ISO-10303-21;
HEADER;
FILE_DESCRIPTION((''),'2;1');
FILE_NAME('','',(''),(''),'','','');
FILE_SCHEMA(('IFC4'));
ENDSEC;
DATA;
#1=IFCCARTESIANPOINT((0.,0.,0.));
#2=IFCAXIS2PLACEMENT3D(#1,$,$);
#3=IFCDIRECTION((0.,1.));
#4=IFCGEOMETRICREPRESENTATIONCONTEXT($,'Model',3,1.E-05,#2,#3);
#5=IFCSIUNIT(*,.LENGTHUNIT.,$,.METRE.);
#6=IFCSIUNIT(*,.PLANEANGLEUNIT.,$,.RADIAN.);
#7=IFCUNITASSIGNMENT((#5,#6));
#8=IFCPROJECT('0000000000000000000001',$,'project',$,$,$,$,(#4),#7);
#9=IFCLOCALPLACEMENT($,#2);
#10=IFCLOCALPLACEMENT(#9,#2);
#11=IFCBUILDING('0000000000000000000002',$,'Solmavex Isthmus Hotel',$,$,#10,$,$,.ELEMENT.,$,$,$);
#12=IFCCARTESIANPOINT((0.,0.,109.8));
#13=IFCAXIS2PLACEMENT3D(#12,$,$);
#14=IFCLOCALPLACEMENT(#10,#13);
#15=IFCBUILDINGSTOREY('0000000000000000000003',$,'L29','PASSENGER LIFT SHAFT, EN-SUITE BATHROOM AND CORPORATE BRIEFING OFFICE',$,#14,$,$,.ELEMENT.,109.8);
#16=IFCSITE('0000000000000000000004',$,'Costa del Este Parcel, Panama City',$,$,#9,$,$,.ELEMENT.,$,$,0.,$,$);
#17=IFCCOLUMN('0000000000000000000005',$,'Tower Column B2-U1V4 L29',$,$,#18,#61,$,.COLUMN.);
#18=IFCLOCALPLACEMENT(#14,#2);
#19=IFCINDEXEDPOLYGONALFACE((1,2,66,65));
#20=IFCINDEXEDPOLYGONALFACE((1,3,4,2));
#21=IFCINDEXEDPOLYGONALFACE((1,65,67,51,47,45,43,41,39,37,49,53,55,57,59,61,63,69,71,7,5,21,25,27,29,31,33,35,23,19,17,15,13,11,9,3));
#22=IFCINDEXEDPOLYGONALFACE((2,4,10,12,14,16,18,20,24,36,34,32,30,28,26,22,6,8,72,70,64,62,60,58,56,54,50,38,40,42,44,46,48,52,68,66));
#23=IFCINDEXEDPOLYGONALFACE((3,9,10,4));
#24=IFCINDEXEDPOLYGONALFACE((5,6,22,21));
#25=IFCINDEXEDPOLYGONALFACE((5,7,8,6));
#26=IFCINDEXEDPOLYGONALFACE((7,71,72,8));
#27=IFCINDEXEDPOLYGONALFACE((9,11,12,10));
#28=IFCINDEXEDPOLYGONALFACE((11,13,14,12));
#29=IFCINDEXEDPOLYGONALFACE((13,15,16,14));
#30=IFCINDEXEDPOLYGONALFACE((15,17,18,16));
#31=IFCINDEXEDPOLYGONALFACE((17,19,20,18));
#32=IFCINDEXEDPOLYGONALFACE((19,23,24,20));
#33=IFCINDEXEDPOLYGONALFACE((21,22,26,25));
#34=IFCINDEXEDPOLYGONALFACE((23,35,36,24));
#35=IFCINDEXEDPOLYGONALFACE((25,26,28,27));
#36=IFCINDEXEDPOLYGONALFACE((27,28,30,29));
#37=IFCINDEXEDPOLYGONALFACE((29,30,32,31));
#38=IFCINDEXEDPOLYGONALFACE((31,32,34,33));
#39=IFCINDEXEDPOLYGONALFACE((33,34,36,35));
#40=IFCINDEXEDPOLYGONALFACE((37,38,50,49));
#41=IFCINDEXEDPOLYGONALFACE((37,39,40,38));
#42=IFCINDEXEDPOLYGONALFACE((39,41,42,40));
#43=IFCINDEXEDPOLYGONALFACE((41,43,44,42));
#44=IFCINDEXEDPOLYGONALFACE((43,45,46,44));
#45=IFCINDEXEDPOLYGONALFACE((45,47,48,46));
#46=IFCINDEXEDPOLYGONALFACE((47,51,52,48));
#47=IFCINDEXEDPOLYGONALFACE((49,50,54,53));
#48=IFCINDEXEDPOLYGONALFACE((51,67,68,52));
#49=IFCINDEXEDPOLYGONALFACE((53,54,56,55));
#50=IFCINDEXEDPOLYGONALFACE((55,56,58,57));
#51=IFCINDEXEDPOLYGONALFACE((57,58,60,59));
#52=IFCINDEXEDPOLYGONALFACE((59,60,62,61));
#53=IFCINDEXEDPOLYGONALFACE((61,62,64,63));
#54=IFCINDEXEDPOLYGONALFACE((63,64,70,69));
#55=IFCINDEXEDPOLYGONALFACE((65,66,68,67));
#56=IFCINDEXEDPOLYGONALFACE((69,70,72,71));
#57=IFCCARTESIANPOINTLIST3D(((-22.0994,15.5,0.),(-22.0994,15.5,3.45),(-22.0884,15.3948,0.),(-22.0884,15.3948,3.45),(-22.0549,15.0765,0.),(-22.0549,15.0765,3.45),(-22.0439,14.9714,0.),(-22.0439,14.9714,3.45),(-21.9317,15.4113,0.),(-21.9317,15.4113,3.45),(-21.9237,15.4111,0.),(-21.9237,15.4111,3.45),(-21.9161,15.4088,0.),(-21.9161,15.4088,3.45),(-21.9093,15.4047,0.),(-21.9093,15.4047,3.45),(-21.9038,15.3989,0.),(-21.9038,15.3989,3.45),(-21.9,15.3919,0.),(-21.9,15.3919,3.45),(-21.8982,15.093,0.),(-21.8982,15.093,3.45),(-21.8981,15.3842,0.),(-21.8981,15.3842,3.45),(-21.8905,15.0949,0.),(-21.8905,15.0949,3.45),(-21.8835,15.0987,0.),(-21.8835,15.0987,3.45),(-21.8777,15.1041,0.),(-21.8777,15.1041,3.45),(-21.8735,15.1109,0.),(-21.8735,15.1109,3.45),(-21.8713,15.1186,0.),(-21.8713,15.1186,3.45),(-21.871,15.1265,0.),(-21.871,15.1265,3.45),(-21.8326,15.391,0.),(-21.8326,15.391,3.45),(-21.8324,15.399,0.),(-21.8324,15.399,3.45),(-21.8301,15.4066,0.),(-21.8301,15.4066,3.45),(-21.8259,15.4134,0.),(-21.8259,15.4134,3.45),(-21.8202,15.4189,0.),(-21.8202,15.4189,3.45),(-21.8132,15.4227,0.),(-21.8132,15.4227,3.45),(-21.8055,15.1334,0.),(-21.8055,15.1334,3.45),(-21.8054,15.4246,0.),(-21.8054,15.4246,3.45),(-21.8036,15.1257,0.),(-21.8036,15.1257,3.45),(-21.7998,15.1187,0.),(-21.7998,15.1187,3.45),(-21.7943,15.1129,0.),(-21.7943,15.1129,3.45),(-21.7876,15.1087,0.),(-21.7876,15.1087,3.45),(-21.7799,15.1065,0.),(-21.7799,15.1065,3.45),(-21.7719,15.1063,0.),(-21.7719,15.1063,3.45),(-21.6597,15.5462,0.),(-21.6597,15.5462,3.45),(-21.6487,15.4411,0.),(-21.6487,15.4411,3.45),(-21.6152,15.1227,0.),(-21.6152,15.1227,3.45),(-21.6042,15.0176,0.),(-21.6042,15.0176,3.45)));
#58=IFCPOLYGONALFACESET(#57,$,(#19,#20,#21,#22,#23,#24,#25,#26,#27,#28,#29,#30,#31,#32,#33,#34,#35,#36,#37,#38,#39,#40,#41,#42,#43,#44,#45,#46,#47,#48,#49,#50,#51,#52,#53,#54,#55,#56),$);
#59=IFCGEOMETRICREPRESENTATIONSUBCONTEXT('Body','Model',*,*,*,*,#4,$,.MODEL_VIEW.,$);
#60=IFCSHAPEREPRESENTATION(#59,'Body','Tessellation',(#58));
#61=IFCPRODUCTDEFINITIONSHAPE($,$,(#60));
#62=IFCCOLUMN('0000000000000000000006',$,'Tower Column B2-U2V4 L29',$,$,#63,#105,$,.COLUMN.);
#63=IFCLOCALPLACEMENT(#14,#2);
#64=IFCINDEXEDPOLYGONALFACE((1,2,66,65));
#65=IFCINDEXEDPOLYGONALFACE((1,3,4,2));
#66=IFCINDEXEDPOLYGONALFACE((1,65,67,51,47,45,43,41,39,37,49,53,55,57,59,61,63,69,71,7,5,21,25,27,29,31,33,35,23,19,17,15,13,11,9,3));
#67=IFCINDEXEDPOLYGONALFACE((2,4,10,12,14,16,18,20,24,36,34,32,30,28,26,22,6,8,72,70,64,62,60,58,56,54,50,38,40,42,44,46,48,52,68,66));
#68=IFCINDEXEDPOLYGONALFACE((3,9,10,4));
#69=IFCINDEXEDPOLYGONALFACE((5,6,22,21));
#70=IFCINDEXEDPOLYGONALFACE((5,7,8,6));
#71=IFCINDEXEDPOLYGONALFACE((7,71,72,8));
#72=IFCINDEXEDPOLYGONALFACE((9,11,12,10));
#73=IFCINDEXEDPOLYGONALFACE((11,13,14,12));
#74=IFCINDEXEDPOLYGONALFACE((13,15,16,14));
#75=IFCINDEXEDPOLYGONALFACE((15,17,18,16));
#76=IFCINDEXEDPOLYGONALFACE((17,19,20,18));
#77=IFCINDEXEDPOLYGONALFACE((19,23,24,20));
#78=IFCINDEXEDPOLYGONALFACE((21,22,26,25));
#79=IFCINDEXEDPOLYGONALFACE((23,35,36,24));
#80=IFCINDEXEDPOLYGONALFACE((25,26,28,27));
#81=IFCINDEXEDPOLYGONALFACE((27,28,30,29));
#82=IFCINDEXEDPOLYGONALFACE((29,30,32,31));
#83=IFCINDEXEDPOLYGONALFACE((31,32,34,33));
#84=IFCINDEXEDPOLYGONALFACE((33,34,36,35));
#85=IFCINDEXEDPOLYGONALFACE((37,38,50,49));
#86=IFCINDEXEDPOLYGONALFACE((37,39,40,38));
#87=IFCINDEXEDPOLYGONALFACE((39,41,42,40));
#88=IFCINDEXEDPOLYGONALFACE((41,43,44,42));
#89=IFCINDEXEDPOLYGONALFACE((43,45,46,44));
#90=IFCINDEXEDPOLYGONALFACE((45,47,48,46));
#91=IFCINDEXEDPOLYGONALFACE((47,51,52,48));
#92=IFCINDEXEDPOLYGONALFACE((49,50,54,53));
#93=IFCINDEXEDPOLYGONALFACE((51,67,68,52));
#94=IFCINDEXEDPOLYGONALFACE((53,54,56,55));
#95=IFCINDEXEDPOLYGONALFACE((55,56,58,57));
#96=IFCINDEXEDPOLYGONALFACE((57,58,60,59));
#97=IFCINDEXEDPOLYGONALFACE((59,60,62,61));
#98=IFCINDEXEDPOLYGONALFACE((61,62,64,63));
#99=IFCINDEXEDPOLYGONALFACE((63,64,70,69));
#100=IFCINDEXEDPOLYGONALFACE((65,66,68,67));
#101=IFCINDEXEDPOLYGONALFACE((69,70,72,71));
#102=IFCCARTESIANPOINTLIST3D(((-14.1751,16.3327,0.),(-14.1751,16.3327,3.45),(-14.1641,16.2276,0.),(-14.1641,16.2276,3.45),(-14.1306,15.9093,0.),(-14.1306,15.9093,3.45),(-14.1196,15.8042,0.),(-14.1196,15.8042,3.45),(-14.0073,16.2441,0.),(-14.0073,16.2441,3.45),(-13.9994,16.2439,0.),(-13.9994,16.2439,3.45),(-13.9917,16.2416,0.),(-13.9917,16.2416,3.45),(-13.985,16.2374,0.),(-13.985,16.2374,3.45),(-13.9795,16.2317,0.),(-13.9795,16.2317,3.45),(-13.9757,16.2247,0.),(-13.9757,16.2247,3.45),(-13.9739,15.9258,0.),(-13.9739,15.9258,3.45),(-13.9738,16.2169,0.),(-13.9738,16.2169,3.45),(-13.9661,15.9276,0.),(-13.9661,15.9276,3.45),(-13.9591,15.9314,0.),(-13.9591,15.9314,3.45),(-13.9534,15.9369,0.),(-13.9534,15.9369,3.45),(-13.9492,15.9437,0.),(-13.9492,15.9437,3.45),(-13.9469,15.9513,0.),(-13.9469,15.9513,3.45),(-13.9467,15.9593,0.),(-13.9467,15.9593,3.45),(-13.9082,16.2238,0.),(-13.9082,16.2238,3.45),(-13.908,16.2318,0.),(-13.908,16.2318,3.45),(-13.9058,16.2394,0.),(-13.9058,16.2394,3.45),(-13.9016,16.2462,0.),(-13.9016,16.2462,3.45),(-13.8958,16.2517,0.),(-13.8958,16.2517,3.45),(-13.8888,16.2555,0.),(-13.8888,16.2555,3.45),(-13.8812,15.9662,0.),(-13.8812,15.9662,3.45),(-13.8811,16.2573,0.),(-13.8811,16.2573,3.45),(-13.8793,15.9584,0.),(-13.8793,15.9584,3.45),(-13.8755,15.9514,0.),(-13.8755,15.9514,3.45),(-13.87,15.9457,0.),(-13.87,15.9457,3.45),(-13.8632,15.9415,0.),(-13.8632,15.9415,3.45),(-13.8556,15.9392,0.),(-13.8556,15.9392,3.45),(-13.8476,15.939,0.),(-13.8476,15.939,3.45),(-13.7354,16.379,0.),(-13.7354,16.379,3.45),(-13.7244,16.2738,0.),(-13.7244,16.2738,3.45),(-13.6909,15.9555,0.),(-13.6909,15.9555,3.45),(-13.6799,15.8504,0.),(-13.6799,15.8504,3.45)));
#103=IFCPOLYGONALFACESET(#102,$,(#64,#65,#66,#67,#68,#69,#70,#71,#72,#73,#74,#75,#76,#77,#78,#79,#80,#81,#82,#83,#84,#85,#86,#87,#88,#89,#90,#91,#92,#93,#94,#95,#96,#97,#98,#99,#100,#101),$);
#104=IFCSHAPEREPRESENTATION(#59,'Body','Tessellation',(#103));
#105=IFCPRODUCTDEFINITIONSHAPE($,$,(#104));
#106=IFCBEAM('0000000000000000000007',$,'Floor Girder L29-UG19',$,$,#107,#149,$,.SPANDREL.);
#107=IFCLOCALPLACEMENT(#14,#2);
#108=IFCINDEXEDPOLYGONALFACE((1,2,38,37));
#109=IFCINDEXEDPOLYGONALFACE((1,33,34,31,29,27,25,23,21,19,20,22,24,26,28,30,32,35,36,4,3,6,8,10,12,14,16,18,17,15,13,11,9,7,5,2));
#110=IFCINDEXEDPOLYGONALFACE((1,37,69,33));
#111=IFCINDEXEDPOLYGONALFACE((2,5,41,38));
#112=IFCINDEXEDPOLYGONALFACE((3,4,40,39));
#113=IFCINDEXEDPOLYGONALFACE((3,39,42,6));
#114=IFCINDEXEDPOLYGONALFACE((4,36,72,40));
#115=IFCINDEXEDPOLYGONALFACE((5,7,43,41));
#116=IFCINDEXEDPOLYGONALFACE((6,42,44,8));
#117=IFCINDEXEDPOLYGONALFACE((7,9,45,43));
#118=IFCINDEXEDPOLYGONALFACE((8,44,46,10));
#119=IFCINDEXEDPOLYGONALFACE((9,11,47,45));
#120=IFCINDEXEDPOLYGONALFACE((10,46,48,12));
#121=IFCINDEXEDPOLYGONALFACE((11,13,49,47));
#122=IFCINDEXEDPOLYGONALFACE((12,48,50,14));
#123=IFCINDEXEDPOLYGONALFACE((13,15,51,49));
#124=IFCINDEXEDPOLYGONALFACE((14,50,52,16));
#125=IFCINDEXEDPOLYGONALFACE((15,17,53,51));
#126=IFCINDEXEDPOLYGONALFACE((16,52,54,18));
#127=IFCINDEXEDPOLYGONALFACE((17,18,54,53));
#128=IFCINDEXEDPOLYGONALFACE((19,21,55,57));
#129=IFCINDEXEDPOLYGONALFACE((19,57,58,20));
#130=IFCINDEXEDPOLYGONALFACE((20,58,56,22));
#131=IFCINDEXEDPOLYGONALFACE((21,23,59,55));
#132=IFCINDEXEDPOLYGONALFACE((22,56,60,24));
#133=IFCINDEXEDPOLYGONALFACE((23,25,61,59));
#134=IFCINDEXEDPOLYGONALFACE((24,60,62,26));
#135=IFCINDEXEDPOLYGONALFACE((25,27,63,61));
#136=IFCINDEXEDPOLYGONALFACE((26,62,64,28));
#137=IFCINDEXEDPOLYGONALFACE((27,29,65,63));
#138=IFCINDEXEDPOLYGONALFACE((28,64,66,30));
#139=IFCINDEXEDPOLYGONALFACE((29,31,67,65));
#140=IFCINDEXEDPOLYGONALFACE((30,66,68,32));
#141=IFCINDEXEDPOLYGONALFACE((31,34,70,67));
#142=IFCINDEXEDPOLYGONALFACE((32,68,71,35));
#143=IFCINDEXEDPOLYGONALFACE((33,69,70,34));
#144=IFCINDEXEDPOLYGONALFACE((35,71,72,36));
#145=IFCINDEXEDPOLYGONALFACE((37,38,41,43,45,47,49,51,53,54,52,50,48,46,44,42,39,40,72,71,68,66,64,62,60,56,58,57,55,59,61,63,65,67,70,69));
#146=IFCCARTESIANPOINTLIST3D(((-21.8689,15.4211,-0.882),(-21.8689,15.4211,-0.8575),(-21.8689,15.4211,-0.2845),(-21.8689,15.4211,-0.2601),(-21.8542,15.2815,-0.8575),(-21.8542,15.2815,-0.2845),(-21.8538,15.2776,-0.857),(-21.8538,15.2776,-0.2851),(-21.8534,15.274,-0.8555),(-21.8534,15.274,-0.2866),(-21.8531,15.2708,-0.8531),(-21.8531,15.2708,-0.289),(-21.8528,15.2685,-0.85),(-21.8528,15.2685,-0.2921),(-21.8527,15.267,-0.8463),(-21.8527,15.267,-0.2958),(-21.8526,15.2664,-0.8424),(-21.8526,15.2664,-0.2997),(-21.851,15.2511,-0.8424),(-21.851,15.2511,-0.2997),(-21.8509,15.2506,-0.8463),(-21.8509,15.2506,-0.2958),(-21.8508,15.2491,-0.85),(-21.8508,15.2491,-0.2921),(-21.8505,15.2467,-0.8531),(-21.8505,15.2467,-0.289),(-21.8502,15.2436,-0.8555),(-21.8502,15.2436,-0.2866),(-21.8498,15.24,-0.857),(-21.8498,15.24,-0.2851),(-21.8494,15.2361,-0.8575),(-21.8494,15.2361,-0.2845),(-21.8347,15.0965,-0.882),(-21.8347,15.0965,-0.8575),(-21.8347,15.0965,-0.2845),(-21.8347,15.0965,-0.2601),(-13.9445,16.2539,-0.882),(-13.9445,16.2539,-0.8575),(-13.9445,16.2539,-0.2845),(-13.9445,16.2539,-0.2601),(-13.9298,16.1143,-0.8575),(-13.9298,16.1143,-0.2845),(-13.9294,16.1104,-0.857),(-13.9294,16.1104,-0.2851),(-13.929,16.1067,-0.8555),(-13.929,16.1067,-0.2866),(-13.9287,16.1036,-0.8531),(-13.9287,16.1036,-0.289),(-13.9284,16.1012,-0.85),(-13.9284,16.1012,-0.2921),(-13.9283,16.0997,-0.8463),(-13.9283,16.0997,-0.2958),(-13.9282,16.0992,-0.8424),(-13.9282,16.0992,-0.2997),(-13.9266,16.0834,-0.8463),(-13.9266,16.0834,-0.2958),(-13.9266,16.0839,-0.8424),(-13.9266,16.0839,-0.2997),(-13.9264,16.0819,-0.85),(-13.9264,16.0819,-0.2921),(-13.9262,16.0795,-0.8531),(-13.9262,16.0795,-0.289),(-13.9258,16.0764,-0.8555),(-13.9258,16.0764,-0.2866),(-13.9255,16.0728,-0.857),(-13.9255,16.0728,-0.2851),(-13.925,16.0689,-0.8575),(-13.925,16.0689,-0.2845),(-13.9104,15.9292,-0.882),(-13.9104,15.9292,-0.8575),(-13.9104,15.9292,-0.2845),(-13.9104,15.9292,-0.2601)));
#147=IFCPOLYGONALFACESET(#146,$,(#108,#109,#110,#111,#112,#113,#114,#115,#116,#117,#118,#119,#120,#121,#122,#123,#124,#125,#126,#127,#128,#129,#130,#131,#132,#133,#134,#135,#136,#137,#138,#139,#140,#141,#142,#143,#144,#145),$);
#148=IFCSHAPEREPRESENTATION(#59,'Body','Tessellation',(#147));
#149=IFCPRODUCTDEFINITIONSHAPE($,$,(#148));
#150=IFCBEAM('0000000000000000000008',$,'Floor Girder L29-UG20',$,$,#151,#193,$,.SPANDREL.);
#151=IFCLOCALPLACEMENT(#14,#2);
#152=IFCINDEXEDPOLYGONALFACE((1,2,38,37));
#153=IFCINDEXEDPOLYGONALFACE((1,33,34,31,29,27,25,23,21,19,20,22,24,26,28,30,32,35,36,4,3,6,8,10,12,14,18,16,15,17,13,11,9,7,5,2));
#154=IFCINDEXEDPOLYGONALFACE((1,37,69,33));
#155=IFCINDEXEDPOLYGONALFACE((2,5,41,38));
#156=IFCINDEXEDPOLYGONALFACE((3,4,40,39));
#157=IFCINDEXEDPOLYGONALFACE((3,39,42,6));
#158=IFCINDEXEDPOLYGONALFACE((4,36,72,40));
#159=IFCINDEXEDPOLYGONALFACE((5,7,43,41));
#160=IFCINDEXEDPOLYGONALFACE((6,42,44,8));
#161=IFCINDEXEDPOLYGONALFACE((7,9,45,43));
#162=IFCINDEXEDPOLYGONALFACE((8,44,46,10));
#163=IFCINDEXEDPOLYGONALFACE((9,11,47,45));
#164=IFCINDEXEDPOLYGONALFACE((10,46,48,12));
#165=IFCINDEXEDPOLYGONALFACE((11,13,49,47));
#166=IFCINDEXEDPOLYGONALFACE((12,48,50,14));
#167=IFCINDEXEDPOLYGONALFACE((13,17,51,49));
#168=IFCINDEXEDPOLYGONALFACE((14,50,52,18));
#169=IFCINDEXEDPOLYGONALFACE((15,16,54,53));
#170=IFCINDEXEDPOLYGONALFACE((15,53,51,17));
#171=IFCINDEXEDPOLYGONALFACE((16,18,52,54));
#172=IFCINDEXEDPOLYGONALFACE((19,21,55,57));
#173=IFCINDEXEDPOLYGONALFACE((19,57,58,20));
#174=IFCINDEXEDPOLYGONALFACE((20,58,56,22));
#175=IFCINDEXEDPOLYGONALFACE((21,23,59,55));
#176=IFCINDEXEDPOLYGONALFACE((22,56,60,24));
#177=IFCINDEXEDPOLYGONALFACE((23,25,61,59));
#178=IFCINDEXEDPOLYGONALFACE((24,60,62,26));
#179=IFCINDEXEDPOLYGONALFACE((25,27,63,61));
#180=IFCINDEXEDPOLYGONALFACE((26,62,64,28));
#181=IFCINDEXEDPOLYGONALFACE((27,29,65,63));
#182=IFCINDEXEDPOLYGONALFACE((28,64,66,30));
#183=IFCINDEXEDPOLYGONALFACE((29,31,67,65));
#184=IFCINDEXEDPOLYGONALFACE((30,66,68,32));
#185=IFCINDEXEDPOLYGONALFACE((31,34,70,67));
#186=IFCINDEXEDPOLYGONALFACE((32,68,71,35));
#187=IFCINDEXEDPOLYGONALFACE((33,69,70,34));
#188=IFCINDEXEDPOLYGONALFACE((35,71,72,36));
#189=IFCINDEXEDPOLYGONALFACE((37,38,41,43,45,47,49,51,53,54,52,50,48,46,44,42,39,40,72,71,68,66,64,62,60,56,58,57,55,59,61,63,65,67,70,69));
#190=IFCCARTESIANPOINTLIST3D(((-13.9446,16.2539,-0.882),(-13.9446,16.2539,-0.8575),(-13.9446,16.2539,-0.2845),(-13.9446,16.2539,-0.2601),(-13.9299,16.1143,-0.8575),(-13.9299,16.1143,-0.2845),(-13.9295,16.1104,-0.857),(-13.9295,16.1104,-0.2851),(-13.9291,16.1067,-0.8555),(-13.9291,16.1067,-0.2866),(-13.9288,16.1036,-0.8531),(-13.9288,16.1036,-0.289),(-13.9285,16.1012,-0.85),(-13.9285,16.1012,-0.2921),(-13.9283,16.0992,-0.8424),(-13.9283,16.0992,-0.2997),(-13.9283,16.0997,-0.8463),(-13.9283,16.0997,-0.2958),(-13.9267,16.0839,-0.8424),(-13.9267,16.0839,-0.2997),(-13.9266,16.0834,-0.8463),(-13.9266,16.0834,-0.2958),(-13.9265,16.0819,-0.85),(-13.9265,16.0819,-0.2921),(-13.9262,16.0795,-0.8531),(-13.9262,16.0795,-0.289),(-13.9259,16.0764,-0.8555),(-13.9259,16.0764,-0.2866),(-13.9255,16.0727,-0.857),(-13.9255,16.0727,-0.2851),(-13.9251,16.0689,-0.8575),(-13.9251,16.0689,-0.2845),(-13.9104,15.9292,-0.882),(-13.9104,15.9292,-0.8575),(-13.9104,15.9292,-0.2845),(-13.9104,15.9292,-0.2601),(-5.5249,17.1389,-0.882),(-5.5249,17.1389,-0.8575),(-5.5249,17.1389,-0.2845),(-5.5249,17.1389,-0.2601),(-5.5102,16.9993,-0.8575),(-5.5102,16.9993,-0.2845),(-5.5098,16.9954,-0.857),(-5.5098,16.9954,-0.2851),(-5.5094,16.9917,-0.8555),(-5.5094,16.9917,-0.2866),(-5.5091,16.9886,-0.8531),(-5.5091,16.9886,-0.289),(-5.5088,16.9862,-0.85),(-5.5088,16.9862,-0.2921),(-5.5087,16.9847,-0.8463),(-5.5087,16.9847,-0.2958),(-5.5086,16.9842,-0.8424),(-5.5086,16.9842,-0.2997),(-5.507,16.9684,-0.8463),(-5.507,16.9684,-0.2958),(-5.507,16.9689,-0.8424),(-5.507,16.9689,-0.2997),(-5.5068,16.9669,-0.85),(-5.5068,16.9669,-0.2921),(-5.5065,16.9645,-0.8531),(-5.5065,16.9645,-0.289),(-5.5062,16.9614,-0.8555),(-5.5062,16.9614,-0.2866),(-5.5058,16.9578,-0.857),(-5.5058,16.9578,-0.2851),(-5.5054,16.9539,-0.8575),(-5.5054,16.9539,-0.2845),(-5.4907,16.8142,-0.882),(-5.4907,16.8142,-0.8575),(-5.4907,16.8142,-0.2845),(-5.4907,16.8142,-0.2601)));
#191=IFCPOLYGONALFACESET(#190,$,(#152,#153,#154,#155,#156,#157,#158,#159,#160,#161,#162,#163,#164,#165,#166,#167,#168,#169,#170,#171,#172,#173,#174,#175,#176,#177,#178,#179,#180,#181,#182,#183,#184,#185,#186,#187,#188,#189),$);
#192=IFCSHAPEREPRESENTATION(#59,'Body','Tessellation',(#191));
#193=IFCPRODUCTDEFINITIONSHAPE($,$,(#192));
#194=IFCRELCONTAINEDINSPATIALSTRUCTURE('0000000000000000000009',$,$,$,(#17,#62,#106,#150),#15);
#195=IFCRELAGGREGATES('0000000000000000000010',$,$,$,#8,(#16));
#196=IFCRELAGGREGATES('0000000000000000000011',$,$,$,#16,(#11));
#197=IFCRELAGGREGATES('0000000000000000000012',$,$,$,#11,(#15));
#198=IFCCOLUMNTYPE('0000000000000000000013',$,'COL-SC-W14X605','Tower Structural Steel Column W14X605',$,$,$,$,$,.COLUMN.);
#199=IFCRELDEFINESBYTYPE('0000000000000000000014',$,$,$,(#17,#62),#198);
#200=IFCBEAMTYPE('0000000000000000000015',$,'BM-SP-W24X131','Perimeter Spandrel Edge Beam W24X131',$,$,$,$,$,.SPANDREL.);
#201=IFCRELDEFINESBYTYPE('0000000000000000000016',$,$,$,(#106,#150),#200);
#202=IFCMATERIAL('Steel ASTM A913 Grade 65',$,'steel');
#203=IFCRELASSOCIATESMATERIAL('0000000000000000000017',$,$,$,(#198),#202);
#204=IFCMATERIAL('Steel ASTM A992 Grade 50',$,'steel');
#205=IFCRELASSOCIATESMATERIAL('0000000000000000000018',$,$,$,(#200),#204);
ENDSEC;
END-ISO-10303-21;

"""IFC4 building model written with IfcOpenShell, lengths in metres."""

from ifc_helpers import new_model, si_unit, direction, frame, origin, origin_2d, place, context, subcontext, project, spatial, i_section, extrude, material, material_profile, profile_set, type_object, element, save


model = new_model("IFC4")

# Units and contexts
model_context = context("Model", 3, precision=1e-05, world=origin(), true_north=direction((0.0, 1.0)))
body_context = subcontext(model_context, "Body", "Model", "MODEL_VIEW")
ifc_project = project(units=[si_unit("LENGTHUNIT", "METRE"), si_unit("PLANEANGLEUNIT", "RADIAN")], contexts=[model_context])

# Site, building, storey
site_placement = place(None, origin())
site = spatial("IfcSite", under=ifc_project, at=site_placement, Name="Costa del Este Parcel, Panama City", CompositionType="ELEMENT", RefElevation=0.0)
building_placement = place(site_placement, origin())
building = spatial("IfcBuilding", under=site, at=building_placement, Name="Solmavex Isthmus Hotel", CompositionType="ELEMENT")
storey_placement = place(building_placement, frame((0.0, 0.0, 109.8)))
storey = spatial("IfcBuildingStorey", under=building, at=storey_placement, Name="L29", Description="PASSENGER LIFT SHAFT, EN-SUITE BATHROOM AND CORPORATE BRIEFING OFFICE", CompositionType="ELEMENT", Elevation=109.8)

# Columns
ifc_material_1 = material(Name="Steel ASTM A913 Grade 65", Category="steel")
ifc_material_profile_1 = material_profile(ifc_material_1, i_section(OverallWidth=0.4421, OverallDepth=0.5315, WebThickness=0.0659, FlangeThickness=0.1057, FilletRadius=0.0305, at=origin_2d()), Name="W14X605")
ifc_profile_set_1 = profile_set([ifc_material_profile_1], Name="Steel ASTM A913 Grade 65")
column_type = type_object("IfcColumnType", Name="COL-SC-W14X605", Description="Tower Structural Steel Column W14X605", PredefinedType="COLUMN", material=ifc_profile_set_1)
for number, where, z_axis, x_axis, name in (
    (1, (-21.8518, 15.2588, 0.0), (0.0, 0.0, 1.0), (0.994522, 0.104528, 0.0), "Tower Column B2-U1V4 L29"),
    (2, (-13.9275, 16.0916, 0.0), (0.0, 0.0, 1.0), (0.994522, 0.104528, 0.0), "Tower Column B2-U2V4 L29"),
):
    element("IfcColumn", number, at=place(storey_placement, frame(where, z_axis=z_axis, x_axis=x_axis)), inside=storey, type_object=column_type, Name=name, PredefinedType="COLUMN", context=body_context, shape_type="SweptSolid", body=[
        extrude(i_section(OverallWidth=0.4421, OverallDepth=0.5315, WebThickness=0.0659, FlangeThickness=0.1057, FilletRadius=0.0305, at=origin_2d()), origin(), (0.0, 0.0, 1.0), 3.45),
    ])

# Beams
ifc_material_2 = material(Name="Steel ASTM A992 Grade 50", Category="steel")
ifc_material_profile_2 = material_profile(ifc_material_2, i_section(OverallWidth=0.3264, OverallDepth=0.6218, WebThickness=0.0154, FlangeThickness=0.0244, FilletRadius=0.0151, at=origin_2d()), Name="W24X131")
ifc_profile_set_2 = profile_set([ifc_material_profile_2], Name="Steel ASTM A992 Grade 50")
beam_type = type_object("IfcBeamType", Name="BM-SP-W24X131", Description="Perimeter Spandrel Edge Beam W24X131", PredefinedType="SPANDREL", material=ifc_profile_set_2)
beam_1_placement = place(storey_placement, frame((-21.8518, 15.2588, -0.571), z_axis=(0.994523, 0.104514, 0.0), x_axis=(-0.104514, 0.994523, 0.0)))
element("IfcBeam", 3, at=beam_1_placement, inside=storey, type_object=beam_type, Name="Floor Girder L29-UG19", PredefinedType="SPANDREL", context=body_context, shape_type="SweptSolid", body=[
    extrude(i_section(OverallWidth=0.3264, OverallDepth=0.6218, WebThickness=0.0154, FlangeThickness=0.0244, FilletRadius=0.0151, at=origin_2d()), origin(), (0.0, 0.0, 1.0), 7.968),
])
beam_2_placement = place(storey_placement, frame((-13.9275, 16.0916, -0.571), z_axis=(0.994521, 0.104536, 0.0), x_axis=(-0.104536, 0.994521, 0.0)))
element("IfcBeam", 4, at=beam_2_placement, inside=storey, type_object=beam_type, Name="Floor Girder L29-UG20", PredefinedType="SPANDREL", context=body_context, shape_type="SweptSolid", body=[
    extrude(i_section(OverallWidth=0.3264, OverallDepth=0.6218, WebThickness=0.0154, FlangeThickness=0.0244, FilletRadius=0.0151, at=origin_2d()), origin(), (0.0, 0.0, 1.0), 8.4661),
])

save(model, "model.ifc")
